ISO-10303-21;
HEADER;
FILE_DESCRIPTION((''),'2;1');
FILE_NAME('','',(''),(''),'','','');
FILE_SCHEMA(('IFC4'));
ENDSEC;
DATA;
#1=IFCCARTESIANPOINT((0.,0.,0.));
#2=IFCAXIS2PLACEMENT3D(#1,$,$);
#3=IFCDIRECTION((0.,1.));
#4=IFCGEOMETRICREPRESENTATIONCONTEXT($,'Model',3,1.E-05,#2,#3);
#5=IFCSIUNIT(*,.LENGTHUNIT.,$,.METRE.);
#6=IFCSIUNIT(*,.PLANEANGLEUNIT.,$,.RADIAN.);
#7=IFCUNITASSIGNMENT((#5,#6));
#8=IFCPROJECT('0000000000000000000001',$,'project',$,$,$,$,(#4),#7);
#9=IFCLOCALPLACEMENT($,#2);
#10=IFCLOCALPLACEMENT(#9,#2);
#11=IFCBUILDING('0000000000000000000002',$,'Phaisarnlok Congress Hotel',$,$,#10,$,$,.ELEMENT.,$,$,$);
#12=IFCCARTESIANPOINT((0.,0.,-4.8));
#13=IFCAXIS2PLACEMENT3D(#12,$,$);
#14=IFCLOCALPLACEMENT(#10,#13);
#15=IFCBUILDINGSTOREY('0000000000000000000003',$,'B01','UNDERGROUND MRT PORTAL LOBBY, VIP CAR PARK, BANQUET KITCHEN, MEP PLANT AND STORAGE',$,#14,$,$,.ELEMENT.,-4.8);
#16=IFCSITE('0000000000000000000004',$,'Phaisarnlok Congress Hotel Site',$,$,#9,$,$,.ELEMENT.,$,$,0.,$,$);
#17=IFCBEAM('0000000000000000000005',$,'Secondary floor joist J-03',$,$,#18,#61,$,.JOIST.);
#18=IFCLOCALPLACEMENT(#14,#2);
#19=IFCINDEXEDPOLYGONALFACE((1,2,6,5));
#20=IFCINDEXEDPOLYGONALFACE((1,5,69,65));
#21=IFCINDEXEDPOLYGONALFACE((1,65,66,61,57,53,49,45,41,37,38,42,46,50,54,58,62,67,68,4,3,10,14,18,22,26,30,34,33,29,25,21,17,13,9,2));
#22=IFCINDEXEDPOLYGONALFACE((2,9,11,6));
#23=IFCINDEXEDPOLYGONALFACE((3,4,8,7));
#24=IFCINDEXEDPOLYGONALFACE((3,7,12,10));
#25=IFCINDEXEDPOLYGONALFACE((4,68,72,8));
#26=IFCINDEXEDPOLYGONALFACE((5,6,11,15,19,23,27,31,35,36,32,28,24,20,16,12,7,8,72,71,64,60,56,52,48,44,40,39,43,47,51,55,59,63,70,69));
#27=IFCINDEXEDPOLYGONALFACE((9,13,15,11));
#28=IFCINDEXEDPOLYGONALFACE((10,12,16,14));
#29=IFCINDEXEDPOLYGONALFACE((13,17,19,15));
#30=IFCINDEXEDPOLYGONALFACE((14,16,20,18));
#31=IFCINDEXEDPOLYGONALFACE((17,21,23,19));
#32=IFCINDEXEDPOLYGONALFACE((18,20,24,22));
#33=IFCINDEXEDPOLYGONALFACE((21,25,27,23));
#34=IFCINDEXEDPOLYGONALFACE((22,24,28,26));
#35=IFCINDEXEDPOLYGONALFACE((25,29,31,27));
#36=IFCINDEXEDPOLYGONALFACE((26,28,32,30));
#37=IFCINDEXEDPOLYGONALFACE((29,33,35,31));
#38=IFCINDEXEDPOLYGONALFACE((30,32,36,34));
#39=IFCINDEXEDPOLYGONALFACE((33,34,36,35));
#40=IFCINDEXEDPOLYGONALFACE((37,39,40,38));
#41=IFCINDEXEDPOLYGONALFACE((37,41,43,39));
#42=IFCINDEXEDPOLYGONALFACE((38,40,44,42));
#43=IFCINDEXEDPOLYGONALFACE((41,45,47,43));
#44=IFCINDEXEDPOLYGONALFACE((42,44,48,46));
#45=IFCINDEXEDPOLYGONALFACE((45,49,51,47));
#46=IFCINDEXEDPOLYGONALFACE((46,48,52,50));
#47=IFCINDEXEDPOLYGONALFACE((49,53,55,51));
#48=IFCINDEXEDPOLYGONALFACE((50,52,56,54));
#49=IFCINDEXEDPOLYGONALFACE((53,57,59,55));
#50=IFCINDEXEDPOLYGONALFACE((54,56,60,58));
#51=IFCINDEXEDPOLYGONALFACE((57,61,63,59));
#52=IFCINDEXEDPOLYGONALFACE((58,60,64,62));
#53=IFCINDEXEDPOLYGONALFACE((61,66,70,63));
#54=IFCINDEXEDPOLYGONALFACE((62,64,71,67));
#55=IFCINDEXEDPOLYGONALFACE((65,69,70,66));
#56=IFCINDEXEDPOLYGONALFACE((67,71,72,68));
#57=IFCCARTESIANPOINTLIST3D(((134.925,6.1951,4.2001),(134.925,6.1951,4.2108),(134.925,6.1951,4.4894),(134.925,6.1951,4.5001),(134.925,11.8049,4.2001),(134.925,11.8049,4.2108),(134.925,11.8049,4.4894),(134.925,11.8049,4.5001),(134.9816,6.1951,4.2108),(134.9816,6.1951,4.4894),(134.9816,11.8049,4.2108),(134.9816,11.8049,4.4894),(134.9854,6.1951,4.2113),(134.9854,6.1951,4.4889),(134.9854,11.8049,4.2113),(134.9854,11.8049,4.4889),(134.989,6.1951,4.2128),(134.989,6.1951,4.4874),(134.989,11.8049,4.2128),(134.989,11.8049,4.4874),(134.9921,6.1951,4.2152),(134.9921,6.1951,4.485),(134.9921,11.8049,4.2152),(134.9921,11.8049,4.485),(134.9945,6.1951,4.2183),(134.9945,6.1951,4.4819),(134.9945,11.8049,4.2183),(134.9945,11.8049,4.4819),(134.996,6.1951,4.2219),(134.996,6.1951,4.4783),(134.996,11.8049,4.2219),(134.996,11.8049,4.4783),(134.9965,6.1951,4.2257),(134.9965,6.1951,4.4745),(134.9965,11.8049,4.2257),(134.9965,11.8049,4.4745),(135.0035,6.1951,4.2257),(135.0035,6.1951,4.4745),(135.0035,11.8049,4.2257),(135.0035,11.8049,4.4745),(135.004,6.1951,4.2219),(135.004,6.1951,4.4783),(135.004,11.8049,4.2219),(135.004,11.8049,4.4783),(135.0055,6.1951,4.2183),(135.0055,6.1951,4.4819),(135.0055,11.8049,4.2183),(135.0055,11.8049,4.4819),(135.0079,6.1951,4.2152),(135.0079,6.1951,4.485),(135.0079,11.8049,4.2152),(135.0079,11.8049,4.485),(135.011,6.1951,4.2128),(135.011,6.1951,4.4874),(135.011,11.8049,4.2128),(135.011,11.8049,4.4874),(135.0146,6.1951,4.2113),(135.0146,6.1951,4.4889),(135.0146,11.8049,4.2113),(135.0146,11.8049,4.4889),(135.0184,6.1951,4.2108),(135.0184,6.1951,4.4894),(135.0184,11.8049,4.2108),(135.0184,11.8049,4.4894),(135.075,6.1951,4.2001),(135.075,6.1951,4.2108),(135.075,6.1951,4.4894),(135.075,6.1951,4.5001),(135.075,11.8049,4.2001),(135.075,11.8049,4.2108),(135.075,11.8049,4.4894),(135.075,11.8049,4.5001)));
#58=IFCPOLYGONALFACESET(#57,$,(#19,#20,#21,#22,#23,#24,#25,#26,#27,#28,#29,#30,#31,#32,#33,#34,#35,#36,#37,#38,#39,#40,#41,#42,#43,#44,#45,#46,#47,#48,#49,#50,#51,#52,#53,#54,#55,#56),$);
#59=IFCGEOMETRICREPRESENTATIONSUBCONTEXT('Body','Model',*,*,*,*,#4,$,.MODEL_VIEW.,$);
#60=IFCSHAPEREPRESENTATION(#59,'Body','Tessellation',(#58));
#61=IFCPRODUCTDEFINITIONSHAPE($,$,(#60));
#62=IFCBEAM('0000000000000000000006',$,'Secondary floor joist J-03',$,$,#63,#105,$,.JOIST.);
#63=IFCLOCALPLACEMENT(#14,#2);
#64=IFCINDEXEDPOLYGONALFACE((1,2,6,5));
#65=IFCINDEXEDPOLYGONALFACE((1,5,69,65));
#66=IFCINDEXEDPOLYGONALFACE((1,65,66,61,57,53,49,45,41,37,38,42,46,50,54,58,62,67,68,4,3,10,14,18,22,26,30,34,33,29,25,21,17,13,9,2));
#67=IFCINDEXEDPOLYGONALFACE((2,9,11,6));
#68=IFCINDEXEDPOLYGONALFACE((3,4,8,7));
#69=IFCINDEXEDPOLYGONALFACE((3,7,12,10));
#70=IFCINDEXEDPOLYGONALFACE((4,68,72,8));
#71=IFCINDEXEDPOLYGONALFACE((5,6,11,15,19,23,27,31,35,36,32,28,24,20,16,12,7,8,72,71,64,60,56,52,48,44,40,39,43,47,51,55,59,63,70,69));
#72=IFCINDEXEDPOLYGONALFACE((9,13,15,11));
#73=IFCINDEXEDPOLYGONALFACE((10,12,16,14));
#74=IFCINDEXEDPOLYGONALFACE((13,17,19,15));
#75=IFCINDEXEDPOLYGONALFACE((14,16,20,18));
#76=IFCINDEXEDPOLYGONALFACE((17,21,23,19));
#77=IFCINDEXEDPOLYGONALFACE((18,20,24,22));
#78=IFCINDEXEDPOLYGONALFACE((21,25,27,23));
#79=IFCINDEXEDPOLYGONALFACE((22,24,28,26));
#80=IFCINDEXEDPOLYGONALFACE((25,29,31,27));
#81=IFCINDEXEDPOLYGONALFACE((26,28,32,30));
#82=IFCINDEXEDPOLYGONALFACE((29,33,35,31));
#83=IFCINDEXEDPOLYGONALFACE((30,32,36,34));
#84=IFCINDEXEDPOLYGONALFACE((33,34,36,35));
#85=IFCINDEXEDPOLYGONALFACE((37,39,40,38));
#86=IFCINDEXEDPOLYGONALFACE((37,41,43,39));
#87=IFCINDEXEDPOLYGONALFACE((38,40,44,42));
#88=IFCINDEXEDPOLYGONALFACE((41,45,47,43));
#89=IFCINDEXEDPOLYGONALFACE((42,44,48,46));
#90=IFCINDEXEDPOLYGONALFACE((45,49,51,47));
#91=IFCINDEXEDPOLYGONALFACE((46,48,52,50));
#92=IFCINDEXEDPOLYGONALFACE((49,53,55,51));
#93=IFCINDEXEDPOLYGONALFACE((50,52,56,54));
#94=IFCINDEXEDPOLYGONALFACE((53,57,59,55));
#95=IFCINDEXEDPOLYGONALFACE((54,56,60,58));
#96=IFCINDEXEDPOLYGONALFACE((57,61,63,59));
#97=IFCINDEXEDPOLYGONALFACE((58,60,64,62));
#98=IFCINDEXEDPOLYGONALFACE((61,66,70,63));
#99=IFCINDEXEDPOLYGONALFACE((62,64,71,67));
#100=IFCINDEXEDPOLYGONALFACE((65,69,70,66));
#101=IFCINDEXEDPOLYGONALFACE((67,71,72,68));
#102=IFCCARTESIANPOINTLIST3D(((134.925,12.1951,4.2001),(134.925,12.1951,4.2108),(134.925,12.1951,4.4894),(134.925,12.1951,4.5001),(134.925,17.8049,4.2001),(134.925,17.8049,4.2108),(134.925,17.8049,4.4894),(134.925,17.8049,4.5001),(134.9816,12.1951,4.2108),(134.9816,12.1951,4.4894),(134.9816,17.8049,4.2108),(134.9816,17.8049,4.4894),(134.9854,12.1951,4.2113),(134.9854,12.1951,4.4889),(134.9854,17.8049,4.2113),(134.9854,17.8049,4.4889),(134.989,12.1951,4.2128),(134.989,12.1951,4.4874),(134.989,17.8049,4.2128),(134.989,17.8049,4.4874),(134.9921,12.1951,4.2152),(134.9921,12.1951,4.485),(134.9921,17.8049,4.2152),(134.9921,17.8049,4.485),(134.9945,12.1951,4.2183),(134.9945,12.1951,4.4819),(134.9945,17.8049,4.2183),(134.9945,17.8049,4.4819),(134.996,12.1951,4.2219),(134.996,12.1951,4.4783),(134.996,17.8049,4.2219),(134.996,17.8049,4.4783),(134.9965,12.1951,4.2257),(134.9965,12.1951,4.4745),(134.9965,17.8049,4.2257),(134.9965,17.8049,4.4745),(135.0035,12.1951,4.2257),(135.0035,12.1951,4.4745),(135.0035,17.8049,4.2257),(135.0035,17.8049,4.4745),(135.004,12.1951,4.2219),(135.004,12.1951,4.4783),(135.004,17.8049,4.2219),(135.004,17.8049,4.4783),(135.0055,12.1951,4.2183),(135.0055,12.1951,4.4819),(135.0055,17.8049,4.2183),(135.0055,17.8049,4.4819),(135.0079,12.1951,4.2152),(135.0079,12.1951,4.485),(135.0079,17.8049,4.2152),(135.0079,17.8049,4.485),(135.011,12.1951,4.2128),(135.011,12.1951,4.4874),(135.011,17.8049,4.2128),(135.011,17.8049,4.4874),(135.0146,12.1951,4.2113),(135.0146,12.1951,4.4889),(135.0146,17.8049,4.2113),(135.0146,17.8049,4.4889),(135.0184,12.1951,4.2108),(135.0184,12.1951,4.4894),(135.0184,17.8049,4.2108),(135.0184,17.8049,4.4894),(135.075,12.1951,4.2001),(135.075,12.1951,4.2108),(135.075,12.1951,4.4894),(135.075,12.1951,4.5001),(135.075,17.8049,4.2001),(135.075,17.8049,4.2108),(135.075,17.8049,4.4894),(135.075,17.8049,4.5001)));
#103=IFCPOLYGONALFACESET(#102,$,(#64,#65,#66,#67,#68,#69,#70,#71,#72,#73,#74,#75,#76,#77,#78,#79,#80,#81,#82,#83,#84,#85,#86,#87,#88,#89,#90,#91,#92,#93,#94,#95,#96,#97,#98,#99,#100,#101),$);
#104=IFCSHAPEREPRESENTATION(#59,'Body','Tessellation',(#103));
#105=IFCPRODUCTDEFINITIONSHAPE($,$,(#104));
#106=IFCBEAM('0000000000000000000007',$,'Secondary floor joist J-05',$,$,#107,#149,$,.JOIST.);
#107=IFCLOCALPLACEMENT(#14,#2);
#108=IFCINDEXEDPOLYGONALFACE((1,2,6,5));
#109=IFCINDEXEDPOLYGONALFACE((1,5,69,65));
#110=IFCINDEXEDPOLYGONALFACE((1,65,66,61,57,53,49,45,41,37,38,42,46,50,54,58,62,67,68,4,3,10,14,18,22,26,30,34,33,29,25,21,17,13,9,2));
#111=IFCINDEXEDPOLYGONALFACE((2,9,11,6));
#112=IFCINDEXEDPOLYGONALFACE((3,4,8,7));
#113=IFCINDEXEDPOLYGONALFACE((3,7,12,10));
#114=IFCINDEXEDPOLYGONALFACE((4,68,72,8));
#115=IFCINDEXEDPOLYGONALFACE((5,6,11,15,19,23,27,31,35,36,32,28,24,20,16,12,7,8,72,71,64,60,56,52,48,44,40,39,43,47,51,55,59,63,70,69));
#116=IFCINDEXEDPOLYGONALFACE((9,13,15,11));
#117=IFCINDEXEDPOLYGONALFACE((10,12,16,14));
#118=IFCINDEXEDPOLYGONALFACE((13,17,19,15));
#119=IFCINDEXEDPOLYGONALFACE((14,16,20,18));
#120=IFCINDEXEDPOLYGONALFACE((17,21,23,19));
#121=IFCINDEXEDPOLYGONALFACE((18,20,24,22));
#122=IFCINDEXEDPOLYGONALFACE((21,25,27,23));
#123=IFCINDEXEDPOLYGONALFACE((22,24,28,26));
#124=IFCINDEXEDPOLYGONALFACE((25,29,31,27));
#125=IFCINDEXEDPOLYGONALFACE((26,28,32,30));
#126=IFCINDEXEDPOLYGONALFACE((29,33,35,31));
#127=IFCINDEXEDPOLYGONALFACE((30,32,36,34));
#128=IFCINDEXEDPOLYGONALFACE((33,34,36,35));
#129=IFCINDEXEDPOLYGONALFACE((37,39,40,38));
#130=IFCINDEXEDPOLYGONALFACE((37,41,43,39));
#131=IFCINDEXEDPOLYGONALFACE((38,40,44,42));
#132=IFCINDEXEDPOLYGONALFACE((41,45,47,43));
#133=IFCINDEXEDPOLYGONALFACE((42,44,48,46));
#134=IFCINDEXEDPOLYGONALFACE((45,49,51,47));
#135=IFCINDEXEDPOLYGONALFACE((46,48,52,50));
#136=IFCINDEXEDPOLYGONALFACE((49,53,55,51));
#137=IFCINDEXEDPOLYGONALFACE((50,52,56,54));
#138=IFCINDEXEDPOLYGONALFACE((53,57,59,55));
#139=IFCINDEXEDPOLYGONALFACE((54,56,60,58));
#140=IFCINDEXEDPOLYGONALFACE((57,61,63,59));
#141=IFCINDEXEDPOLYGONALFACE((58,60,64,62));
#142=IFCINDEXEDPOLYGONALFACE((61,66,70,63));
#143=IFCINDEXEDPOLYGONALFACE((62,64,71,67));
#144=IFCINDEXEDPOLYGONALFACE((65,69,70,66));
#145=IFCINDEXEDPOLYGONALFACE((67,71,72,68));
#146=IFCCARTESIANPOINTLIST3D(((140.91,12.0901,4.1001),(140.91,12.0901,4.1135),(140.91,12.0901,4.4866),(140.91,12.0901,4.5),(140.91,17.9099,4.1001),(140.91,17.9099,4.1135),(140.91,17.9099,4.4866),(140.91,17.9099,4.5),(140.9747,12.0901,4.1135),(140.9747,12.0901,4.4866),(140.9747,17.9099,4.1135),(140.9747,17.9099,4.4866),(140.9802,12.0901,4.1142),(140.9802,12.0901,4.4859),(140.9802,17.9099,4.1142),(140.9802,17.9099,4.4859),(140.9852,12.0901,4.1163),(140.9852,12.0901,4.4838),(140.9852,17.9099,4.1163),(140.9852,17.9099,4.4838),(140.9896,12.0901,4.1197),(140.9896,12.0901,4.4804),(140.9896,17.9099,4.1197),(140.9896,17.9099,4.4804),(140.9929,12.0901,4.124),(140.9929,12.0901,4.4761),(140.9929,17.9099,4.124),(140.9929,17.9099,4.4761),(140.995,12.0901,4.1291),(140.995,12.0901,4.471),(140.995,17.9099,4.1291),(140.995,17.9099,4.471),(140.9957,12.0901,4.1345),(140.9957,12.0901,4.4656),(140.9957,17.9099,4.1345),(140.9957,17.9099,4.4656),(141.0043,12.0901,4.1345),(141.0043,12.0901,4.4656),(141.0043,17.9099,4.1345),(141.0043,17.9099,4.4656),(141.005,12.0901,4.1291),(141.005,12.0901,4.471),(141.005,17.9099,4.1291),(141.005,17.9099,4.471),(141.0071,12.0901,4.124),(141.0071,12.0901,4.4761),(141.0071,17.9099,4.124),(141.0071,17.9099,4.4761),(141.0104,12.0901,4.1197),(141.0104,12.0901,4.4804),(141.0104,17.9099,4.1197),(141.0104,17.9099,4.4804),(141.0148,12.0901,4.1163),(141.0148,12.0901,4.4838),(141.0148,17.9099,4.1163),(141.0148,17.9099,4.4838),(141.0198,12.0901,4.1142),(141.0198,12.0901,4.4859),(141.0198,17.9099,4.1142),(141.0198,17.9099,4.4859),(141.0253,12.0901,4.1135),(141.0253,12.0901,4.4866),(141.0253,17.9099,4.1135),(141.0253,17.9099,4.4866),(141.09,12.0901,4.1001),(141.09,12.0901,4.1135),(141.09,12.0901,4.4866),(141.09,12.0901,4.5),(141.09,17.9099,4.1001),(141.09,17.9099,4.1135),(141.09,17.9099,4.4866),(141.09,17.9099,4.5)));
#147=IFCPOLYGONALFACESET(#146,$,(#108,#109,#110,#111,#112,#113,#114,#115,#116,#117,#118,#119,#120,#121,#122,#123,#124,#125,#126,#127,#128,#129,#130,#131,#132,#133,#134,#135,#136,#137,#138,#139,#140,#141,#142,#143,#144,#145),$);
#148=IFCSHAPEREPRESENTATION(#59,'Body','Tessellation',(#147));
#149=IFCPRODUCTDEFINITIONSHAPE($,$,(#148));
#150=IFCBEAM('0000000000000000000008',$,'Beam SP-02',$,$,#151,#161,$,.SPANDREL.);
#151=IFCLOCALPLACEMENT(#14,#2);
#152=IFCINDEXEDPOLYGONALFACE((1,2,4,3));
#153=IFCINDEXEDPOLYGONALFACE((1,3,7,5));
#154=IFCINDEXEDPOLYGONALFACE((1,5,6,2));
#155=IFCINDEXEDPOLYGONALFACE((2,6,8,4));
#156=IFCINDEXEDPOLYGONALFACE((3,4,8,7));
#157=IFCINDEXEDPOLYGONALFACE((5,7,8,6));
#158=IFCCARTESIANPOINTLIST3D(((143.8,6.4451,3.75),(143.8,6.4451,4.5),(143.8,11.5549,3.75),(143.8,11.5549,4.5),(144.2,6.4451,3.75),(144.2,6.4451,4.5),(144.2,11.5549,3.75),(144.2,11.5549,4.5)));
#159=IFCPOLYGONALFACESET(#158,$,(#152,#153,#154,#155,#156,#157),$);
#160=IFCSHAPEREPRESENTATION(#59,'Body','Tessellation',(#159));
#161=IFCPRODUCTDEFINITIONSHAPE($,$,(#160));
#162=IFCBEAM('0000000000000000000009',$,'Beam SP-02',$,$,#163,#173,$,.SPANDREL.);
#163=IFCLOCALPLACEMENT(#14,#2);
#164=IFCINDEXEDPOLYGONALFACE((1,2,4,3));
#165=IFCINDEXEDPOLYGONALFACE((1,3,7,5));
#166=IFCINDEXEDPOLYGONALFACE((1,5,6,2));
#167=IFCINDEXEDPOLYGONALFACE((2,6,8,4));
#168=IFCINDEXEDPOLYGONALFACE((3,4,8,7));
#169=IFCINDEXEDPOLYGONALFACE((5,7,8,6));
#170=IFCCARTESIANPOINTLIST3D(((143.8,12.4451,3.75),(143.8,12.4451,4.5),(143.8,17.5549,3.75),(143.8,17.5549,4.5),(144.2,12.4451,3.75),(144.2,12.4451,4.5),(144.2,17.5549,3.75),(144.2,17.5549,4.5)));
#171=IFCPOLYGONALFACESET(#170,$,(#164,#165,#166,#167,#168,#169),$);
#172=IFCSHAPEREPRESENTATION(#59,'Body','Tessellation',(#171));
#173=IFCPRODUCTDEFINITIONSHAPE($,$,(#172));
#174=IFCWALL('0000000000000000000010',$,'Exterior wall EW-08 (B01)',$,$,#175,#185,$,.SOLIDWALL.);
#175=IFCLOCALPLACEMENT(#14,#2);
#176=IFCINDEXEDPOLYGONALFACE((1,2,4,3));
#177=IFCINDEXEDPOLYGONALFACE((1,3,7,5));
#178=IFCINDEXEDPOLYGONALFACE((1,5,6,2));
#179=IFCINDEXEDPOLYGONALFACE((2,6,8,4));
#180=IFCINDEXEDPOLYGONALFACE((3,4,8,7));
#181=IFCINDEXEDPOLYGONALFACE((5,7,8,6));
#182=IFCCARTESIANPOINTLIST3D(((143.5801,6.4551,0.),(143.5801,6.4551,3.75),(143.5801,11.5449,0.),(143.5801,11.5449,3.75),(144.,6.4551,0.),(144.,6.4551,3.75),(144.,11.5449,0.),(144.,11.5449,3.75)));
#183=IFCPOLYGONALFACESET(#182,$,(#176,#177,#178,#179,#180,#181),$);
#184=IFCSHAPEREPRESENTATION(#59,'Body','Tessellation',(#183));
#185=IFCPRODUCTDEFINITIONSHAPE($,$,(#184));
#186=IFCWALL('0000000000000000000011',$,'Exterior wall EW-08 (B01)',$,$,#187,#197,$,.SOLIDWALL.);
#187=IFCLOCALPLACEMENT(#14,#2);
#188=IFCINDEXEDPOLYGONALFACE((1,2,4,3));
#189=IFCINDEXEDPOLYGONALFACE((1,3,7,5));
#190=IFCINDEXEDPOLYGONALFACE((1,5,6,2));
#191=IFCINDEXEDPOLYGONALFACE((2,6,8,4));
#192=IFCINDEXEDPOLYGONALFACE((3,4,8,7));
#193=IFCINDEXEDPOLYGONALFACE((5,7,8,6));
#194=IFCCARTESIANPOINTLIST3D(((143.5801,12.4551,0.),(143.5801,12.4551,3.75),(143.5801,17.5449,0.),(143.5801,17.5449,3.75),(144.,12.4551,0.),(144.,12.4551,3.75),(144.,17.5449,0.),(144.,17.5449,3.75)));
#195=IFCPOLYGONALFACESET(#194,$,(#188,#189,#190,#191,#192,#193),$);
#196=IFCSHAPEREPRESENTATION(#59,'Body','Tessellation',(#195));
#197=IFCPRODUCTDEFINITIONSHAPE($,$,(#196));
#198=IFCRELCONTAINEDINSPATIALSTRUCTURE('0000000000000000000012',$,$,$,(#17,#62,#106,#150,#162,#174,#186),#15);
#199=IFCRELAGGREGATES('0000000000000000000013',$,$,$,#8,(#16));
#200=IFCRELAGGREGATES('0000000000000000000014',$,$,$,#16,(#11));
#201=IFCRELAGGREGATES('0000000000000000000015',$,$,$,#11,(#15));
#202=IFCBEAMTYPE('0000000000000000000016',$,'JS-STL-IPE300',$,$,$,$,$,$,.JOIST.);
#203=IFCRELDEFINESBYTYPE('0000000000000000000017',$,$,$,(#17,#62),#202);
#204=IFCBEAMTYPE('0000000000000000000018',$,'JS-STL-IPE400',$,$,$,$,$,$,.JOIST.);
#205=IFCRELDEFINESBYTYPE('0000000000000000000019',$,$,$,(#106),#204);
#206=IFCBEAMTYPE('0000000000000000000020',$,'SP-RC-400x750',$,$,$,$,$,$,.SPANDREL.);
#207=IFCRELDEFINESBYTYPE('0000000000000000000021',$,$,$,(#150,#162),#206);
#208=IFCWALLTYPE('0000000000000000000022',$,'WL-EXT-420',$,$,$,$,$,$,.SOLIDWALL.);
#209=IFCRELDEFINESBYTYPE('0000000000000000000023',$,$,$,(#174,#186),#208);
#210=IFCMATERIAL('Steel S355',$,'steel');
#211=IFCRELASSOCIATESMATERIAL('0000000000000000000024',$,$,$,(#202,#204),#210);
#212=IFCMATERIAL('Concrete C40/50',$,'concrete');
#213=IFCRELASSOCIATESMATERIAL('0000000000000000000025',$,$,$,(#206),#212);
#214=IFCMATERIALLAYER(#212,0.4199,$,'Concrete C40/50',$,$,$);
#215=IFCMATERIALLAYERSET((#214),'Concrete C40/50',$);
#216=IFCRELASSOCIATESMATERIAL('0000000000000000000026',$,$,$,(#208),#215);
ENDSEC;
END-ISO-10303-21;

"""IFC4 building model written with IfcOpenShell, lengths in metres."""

from ifc_helpers import new_model, si_unit, direction, frame, frame_2d, origin, origin_2d, place, context, subcontext, project, spatial, rectangle, i_section, extrude, material, layer, layer_set, material_profile, profile_set, type_object, element, save


model = new_model("IFC4")

# Units and contexts
model_context = context("Model", 3, precision=1e-05, world=origin(), true_north=direction((0.0, 1.0)))
body_context = subcontext(model_context, "Body", "Model", "MODEL_VIEW")
ifc_project = project(units=[si_unit("LENGTHUNIT", "METRE"), si_unit("PLANEANGLEUNIT", "RADIAN")], contexts=[model_context])

# Site, building, storey
site_placement = place(None, origin())
site = spatial("IfcSite", under=ifc_project, at=site_placement, Name="Phaisarnlok Congress Hotel Site", CompositionType="ELEMENT", RefElevation=0.0)
building_placement = place(site_placement, origin())
building = spatial("IfcBuilding", under=site, at=building_placement, Name="Phaisarnlok Congress Hotel", CompositionType="ELEMENT")
storey_placement = place(building_placement, frame((0.0, 0.0, -4.8)))
storey = spatial("IfcBuildingStorey", under=building, at=storey_placement, Name="B01", Description="UNDERGROUND MRT PORTAL LOBBY, VIP CAR PARK, BANQUET KITCHEN, MEP PLANT AND STORAGE", CompositionType="ELEMENT", Elevation=-4.8)

# Shared definitions
ifc_material_1 = material(Name="Concrete C40/50", Category="concrete")

# Beams
ifc_material_2 = material(Name="Steel S355", Category="steel")
ifc_material_profile_1 = material_profile(ifc_material_2, i_section(OverallWidth=0.1499, OverallDepth=0.3, WebThickness=0.0071, FlangeThickness=0.0107, FilletRadius=0.0149, at=origin_2d()), Name="IPE 300")
ifc_profile_set_1 = profile_set([ifc_material_profile_1], Name="Steel S355")
beam_type_1 = type_object("IfcBeamType", Name="JS-STL-IPE300", PredefinedType="JOIST", material=ifc_profile_set_1)
for number, where, z_axis, x_axis, name in (
    (1, (135.0, 6.1951, 4.3501), (0.0, 1.0, 0.0), (-1.0, 0.0, 0.0), "Secondary floor joist J-03"),
    (2, (135.0, 12.1951, 4.3501), (0.0, 1.0, 0.0), (-1.0, 0.0, 0.0), "Secondary floor joist J-03"),
):
    element("IfcBeam", number, at=place(storey_placement, frame(where, z_axis=z_axis, x_axis=x_axis)), inside=storey, type_object=beam_type_1, Name=name, PredefinedType="JOIST", context=body_context, shape_type="SweptSolid", body=[
        extrude(i_section(OverallWidth=0.1499, OverallDepth=0.3, WebThickness=0.0071, FlangeThickness=0.0107, FilletRadius=0.0149, at=origin_2d()), origin(), (0.0, 0.0, 1.0), 5.6099),
    ])
ifc_material_profile_2 = material_profile(ifc_material_2, i_section(OverallWidth=0.1799, OverallDepth=0.3999, WebThickness=0.0085, FlangeThickness=0.0134, FilletRadius=0.021, at=origin_2d()), Name="IPE 400")
ifc_profile_set_2 = profile_set([ifc_material_profile_2], Name="Steel S355")
beam_type_2 = type_object("IfcBeamType", Name="JS-STL-IPE400", PredefinedType="JOIST", material=ifc_profile_set_2)
beam_1_placement = place(storey_placement, frame((141.0, 12.0901, 4.3), z_axis=(0.0, 1.0, 0.0), x_axis=(-1.0, 0.0, 0.0)))
element("IfcBeam", 3, at=beam_1_placement, inside=storey, type_object=beam_type_2, Name="Secondary floor joist J-05", PredefinedType="JOIST", context=body_context, shape_type="SweptSolid", body=[
    extrude(i_section(OverallWidth=0.1799, OverallDepth=0.3999, WebThickness=0.0085, FlangeThickness=0.0134, FilletRadius=0.021, at=origin_2d()), origin(), (0.0, 0.0, 1.0), 5.8198),
])
ifc_material_profile_3 = material_profile(ifc_material_1, rectangle(XDim=0.3999, YDim=0.75, at=origin_2d()), Name="RC 400x750")
ifc_profile_set_3 = profile_set([ifc_material_profile_3], Name="Concrete C40/50")
beam_type_3 = type_object("IfcBeamType", Name="SP-RC-400x750", PredefinedType="SPANDREL", material=ifc_profile_set_3)
for number, where, z_axis, x_axis, name in (
    (4, (144.0, 6.4451, 4.125), (0.0, 1.0, 0.0), (-1.0, 0.0, 0.0), "Beam SP-02"),
    (5, (144.0, 12.4451, 4.125), (0.0, 1.0, 0.0), (-1.0, 0.0, 0.0), "Beam SP-02"),
):
    element("IfcBeam", number, at=place(storey_placement, frame(where, z_axis=z_axis, x_axis=x_axis)), inside=storey, type_object=beam_type_3, Name=name, PredefinedType="SPANDREL", context=body_context, shape_type="SweptSolid", body=[
        extrude(rectangle(XDim=0.3999, YDim=0.75, at=origin_2d()), origin(), (0.0, 0.0, 1.0), 5.1099),
    ])

# Walls
ifc_layer_1 = layer(ifc_material_1, 0.4199, Name="Concrete C40/50")
ifc_layer_set_1 = layer_set([ifc_layer_1], Name="Concrete C40/50")
wall_type_1 = type_object("IfcWallType", Name="WL-EXT-420", PredefinedType="SOLIDWALL", material=ifc_layer_set_1)
for number, where, z_axis, x_axis, name in (
    (6, (143.79, 6.4551, 0.0), (0.0, 0.0, 1.0), (0.0, 1.0, 0.0), "Exterior wall EW-08 (B01)"),
    (7, (143.79, 12.4551, 0.0), (0.0, 0.0, 1.0), (0.0, 1.0, 0.0), "Exterior wall EW-08 (B01)"),
):
    element("IfcWall", number, at=place(storey_placement, frame(where, z_axis=z_axis, x_axis=x_axis)), inside=storey, type_object=wall_type_1, Name=name, PredefinedType="SOLIDWALL", context=body_context, shape_type="SweptSolid", body=[
        extrude(rectangle(XDim=5.0898, YDim=0.4199, at=frame_2d((2.5449, 0.0))), origin(), (0.0, 0.0, 1.0), 3.75),
    ])

save(model, "model.ifc")
